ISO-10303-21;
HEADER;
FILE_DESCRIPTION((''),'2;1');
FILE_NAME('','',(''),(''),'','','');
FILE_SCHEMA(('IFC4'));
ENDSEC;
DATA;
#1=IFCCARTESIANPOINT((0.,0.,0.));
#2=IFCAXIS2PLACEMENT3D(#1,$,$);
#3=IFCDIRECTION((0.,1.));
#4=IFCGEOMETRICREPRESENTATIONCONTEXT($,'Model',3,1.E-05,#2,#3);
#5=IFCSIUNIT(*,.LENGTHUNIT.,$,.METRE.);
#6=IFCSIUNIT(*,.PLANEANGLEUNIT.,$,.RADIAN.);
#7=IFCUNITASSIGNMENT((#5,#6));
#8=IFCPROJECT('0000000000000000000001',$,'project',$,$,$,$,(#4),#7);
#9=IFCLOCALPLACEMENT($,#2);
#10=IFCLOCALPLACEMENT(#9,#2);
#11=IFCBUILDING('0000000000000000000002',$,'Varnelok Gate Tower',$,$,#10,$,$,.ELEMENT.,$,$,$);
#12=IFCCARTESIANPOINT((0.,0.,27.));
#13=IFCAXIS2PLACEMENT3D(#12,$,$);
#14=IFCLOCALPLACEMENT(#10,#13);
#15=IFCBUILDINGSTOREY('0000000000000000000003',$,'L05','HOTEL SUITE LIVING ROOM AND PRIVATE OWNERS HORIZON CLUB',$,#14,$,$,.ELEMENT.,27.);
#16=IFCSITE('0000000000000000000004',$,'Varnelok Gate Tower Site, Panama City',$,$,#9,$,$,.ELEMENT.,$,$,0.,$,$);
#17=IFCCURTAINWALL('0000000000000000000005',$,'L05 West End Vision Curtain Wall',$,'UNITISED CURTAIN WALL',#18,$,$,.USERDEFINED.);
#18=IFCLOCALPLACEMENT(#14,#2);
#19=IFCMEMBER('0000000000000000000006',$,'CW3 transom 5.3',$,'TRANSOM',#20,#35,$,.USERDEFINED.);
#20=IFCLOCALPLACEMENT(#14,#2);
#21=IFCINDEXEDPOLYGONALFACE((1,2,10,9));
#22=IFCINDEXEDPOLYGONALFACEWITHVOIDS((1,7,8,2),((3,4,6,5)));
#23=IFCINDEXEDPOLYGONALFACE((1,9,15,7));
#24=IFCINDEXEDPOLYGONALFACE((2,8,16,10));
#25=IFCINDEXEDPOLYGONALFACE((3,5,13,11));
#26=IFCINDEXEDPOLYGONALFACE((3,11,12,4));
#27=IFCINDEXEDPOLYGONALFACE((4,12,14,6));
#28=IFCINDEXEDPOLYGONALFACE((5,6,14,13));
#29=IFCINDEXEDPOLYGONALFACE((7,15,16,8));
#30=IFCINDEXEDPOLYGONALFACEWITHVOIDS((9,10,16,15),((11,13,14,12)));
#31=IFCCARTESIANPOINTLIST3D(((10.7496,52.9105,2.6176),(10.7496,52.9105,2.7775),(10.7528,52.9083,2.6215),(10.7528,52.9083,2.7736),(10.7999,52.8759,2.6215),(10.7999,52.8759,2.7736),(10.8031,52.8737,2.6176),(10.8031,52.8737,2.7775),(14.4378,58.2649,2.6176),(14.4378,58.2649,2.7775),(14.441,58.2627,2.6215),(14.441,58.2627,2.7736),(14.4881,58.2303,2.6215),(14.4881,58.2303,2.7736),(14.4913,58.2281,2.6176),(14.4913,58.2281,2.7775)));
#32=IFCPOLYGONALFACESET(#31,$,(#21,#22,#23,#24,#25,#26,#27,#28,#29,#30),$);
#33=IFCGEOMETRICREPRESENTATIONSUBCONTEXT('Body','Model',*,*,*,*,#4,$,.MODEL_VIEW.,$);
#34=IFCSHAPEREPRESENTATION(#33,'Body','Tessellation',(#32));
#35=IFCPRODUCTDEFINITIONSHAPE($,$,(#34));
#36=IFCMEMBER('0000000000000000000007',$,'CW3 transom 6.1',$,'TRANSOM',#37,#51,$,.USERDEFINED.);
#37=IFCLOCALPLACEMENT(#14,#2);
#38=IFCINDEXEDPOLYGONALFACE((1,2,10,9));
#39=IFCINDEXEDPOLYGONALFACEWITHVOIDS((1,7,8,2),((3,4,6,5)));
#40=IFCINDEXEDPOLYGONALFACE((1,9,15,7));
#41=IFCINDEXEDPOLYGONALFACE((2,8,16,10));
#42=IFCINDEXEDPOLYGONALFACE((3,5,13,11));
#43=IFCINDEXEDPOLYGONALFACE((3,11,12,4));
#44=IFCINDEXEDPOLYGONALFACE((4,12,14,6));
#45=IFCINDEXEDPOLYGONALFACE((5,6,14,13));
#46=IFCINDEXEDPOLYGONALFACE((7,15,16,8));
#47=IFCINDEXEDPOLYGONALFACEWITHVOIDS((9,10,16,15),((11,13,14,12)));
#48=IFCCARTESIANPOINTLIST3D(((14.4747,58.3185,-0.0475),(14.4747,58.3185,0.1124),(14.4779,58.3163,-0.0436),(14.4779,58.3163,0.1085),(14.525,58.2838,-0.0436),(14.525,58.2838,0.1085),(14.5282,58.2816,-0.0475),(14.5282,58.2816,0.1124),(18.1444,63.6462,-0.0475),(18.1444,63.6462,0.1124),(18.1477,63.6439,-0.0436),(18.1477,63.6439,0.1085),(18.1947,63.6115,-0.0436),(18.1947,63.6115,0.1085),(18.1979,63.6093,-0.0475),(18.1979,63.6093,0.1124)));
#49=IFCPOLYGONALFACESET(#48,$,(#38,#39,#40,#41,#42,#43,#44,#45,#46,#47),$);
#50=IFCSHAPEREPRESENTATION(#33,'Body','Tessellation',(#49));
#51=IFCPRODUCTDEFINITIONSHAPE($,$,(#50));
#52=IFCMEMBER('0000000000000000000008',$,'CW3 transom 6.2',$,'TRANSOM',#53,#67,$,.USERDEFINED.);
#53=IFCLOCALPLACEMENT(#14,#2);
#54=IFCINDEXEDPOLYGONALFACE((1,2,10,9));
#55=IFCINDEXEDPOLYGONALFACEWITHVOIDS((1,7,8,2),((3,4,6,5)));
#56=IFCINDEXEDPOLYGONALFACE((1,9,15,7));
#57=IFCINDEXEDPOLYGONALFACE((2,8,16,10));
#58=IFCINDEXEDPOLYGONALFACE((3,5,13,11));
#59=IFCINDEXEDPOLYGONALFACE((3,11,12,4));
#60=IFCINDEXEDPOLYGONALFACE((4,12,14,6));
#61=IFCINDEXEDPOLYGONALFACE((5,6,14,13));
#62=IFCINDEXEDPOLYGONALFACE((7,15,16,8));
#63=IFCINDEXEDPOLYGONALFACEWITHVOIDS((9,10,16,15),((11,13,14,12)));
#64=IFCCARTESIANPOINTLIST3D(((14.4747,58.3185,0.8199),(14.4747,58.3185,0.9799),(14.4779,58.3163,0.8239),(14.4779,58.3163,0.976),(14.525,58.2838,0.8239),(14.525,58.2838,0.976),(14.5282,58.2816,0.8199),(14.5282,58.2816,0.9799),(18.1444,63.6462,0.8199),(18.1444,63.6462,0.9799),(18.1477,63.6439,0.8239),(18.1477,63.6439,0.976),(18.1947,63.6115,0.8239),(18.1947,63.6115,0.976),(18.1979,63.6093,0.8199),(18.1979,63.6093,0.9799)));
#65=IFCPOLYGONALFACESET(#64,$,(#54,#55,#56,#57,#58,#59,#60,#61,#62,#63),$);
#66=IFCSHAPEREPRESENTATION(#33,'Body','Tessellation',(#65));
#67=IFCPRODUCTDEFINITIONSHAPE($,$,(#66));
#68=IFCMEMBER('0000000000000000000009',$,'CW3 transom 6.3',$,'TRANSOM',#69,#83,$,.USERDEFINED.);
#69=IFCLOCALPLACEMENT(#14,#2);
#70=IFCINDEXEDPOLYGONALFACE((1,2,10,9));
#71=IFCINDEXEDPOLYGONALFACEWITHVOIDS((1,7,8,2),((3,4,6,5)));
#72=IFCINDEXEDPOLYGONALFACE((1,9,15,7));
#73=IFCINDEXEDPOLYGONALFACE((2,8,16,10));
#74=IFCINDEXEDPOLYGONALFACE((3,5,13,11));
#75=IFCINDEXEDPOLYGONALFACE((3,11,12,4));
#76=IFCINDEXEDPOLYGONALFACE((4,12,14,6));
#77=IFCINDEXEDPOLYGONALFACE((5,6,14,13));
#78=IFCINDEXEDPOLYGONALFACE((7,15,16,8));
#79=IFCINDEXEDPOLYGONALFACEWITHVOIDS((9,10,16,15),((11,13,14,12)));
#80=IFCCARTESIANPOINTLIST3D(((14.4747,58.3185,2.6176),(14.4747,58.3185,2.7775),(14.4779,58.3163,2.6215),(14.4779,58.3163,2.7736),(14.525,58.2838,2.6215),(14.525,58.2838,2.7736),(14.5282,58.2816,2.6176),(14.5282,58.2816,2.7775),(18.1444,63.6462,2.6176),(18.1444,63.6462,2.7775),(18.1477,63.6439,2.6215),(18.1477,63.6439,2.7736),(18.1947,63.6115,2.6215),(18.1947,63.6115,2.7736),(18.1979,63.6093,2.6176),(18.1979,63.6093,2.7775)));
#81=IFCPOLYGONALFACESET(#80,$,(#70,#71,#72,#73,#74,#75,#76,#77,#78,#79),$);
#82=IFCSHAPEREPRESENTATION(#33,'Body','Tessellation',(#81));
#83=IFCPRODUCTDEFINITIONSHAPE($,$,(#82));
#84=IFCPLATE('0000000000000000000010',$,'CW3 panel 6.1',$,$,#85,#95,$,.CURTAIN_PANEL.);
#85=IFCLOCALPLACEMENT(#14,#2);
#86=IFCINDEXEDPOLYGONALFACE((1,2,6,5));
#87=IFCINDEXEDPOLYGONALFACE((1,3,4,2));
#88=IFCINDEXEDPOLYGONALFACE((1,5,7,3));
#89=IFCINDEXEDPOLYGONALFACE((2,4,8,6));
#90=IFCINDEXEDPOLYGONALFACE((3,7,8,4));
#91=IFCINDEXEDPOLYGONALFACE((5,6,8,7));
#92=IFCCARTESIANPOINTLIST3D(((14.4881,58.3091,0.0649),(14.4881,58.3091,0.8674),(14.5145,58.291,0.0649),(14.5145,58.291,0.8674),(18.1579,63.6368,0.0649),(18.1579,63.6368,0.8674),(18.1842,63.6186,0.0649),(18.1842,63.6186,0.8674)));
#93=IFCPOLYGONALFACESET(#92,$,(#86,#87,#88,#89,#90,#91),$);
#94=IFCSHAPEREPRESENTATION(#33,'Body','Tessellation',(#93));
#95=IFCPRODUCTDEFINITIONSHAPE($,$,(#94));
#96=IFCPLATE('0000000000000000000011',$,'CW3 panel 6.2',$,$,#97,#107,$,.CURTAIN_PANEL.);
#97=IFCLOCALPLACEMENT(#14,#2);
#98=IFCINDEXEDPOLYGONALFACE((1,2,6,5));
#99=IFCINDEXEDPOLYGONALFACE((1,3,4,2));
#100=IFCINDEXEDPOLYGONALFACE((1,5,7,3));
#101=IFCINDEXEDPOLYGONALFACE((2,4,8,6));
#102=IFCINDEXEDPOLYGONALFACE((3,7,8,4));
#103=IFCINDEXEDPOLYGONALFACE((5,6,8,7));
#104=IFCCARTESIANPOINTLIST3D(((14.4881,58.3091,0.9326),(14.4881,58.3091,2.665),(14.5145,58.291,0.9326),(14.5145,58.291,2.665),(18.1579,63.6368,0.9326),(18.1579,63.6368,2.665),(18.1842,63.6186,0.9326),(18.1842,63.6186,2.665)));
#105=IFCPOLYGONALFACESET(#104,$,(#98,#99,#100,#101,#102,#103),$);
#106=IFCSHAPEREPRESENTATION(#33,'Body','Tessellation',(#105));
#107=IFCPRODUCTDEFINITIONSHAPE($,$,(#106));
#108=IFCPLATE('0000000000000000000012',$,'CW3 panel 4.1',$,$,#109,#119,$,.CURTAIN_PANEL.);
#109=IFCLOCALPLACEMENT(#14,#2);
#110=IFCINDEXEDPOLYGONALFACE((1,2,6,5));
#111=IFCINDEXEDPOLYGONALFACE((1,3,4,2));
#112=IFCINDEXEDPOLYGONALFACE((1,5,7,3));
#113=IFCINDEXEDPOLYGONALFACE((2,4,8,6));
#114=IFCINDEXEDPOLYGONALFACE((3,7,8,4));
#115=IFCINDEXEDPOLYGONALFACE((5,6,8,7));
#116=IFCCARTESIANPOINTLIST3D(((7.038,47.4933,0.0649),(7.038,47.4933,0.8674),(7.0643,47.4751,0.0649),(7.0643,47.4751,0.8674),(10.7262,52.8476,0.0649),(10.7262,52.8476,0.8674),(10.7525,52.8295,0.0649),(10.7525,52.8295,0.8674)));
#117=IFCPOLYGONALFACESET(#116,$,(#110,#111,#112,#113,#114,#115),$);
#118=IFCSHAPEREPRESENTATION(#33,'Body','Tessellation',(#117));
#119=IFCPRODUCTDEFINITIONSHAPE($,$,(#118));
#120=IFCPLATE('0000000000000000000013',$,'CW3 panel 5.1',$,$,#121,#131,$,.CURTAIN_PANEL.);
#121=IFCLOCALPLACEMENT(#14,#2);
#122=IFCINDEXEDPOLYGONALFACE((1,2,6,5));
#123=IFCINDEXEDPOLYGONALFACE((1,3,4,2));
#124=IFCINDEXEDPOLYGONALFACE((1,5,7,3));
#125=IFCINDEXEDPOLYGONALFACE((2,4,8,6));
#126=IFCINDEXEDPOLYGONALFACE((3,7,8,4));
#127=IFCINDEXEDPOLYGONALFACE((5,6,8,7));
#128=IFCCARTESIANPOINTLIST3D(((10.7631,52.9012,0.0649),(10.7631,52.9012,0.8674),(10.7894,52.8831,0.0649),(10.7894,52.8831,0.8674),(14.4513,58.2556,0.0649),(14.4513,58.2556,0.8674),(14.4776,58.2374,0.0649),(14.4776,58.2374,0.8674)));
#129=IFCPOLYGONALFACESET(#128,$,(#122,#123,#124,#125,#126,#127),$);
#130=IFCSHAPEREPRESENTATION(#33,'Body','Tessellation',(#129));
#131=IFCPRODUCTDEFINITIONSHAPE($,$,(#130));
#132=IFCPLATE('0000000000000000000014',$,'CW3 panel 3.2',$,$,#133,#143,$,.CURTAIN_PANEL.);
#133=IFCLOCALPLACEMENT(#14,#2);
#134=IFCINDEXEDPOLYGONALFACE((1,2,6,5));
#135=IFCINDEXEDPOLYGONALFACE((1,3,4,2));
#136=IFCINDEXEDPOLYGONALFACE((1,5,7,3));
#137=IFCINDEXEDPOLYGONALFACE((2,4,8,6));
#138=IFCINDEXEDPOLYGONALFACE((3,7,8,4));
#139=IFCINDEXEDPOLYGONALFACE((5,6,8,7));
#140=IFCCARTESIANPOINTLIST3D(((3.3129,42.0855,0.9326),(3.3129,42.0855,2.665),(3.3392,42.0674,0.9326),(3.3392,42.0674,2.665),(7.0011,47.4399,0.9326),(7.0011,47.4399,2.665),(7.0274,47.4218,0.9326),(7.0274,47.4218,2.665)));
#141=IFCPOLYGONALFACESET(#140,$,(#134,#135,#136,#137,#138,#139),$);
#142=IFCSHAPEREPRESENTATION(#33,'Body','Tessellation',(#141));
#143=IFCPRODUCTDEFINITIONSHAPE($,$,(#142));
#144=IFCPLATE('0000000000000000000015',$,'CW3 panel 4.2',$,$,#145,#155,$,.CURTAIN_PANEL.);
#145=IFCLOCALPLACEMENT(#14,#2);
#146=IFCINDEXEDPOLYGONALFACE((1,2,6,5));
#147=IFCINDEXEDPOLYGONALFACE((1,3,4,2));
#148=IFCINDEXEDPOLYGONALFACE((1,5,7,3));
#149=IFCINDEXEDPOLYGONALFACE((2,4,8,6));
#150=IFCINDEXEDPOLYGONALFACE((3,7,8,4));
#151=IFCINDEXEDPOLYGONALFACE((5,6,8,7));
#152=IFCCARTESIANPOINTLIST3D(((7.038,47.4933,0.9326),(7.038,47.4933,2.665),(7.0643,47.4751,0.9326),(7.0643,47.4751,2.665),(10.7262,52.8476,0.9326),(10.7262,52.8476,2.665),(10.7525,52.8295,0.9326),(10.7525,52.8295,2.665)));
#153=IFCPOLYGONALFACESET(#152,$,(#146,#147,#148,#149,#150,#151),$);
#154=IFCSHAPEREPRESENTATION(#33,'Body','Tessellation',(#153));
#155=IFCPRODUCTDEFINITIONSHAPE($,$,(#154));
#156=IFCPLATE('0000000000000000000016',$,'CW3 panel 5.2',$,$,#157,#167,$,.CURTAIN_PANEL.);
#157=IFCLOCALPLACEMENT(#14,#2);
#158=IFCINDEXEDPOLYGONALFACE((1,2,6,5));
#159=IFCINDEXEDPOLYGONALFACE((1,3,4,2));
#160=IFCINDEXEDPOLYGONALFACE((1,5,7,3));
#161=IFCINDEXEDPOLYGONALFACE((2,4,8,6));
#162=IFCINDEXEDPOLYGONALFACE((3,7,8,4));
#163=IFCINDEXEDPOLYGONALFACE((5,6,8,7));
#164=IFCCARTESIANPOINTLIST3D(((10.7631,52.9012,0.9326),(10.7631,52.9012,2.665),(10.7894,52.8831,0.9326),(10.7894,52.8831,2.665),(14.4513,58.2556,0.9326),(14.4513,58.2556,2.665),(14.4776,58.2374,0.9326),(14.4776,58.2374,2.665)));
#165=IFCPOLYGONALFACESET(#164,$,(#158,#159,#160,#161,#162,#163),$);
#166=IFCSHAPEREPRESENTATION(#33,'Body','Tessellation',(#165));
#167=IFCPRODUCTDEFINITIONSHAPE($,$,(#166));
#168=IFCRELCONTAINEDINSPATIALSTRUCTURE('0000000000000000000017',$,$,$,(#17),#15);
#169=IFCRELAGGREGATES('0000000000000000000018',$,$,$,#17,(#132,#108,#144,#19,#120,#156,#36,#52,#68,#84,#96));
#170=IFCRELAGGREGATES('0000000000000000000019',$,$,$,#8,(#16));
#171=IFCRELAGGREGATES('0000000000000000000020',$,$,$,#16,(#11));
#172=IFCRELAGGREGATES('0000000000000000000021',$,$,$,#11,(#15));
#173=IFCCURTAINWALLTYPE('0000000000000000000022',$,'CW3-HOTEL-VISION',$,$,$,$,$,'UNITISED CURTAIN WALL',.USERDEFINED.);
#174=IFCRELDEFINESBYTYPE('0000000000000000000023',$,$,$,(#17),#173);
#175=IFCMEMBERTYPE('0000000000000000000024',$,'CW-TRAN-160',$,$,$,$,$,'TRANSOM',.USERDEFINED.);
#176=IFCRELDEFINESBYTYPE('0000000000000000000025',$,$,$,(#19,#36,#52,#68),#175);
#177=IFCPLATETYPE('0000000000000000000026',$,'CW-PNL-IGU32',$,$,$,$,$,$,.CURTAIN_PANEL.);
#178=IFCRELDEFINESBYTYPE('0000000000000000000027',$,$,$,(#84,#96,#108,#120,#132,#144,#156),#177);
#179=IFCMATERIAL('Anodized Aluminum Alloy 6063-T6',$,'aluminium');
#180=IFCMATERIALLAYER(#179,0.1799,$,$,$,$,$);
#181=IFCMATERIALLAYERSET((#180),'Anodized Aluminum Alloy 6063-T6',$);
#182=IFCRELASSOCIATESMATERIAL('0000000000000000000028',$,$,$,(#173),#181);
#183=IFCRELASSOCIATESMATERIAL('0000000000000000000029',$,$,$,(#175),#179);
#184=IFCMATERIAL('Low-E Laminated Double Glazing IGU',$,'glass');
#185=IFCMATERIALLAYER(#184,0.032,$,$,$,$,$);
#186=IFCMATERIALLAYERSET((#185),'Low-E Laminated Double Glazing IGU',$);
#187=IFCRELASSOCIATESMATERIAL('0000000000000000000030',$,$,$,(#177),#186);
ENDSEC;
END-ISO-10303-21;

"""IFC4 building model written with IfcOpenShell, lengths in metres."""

from ifc_helpers import new_model, si_unit, direction, frame, origin, origin_2d, place, context, subcontext, project, spatial, rectangle, hollow_rectangle, extrude, source, transform, mapped, material, layer, layer_set, material_profile, profile_set, type_object, element, aggregate, save


model = new_model("IFC4")

# Units and contexts
model_context = context("Model", 3, precision=1e-05, world=origin(), true_north=direction((0.0, 1.0)))
body_context = subcontext(model_context, "Body", "Model", "MODEL_VIEW")
ifc_project = project(units=[si_unit("LENGTHUNIT", "METRE"), si_unit("PLANEANGLEUNIT", "RADIAN")], contexts=[model_context])

# Site, building, storey
site_placement = place(None, origin())
site = spatial("IfcSite", under=ifc_project, at=site_placement, Name="Varnelok Gate Tower Site, Panama City", CompositionType="ELEMENT", RefElevation=0.0)
building_placement = place(site_placement, origin())
building = spatial("IfcBuilding", under=site, at=building_placement, Name="Varnelok Gate Tower", CompositionType="ELEMENT")
storey_placement = place(building_placement, frame((0.0, 0.0, 27.0)))
storey = spatial("IfcBuildingStorey", under=building, at=storey_placement, Name="L05", Description="HOTEL SUITE LIVING ROOM AND PRIVATE OWNERS HORIZON CLUB", CompositionType="ELEMENT", Elevation=27.0)

# Curtain wall, members, plates
ifc_material_1 = material(Name="Anodized Aluminum Alloy 6063-T6", Category="aluminium")
ifc_layer_1 = layer(ifc_material_1, 0.1799)
ifc_layer_set_1 = layer_set([ifc_layer_1], Name="Anodized Aluminum Alloy 6063-T6")
curtain_wall_type = type_object("IfcCurtainWallType", Name="CW3-HOTEL-VISION", ElementType="UNITISED CURTAIN WALL", PredefinedType="USERDEFINED", material=ifc_layer_set_1)
curtain_wall_placement = place(storey_placement, origin())
curtain_wall = element("IfcCurtainWall", 1, at=curtain_wall_placement, inside=storey, type_object=curtain_wall_type, Name="L05 West End Vision Curtain Wall", ObjectType="UNITISED CURTAIN WALL", PredefinedType="USERDEFINED")
ifc_material_profile_1 = material_profile(ifc_material_1, hollow_rectangle(XDim=0.0649, YDim=0.1599, WallThickness=0.0039, at=origin_2d()), Name="ALU160X65X4")
ifc_profile_set_1 = profile_set([ifc_material_profile_1], Name="Anodized Aluminum Alloy 6063-T6")
member_type_1 = type_object("IfcMemberType", Name="CW-TRAN-160", ElementType="TRANSOM", PredefinedType="USERDEFINED", material=ifc_profile_set_1)
member_1_placement = place(storey_placement, frame((10.7764, 52.8921, 2.6975), z_axis=(0.567262, 0.823538, 0.0), x_axis=(-0.823538, 0.567262, 0.0)))
member_1 = element("IfcMember", 2, at=member_1_placement, type_object=member_type_1, Name="CW3 transom 5.3", ObjectType="TRANSOM", PredefinedType="USERDEFINED", context=body_context, shape_type="SweptSolid", body=[
    extrude(hollow_rectangle(XDim=0.0649, YDim=0.1599, WallThickness=0.0039, at=origin_2d()), origin(), (0.0, 0.0, 1.0), 6.5017),
])
member_2_placement = place(storey_placement, frame((14.5015, 58.3, 0.0325), z_axis=(0.567256, 0.823542, 0.0), x_axis=(-0.823542, 0.567256, 0.0)))
member_2 = element("IfcMember", 3, at=member_2_placement, type_object=member_type_1, Name="CW3 transom 6.1", ObjectType="TRANSOM", PredefinedType="USERDEFINED", context=body_context, shape_type="SweptSolid", body=[
    extrude(hollow_rectangle(XDim=0.0649, YDim=0.1599, WallThickness=0.0039, at=origin_2d()), origin(), (0.0, 0.0, 1.0), 6.4692),
])
member_3_placement = place(storey_placement, frame((14.5015, 58.3, 0.8999), z_axis=(0.567256, 0.823542, 0.0), x_axis=(-0.823542, 0.567256, 0.0)))
member_3 = element("IfcMember", 4, at=member_3_placement, type_object=member_type_1, Name="CW3 transom 6.2", ObjectType="TRANSOM", PredefinedType="USERDEFINED", context=body_context, shape_type="SweptSolid", body=[
    extrude(hollow_rectangle(XDim=0.0649, YDim=0.1599, WallThickness=0.0039, at=origin_2d()), origin(), (0.0, 0.0, 1.0), 6.4692),
])
member_4_placement = place(storey_placement, frame((14.5015, 58.3, 2.6975), z_axis=(0.567256, 0.823542, 0.0), x_axis=(-0.823542, 0.567256, 0.0)))
member_4 = element("IfcMember", 5, at=member_4_placement, type_object=member_type_1, Name="CW3 transom 6.3", ObjectType="TRANSOM", PredefinedType="USERDEFINED", context=body_context, shape_type="SweptSolid", body=[
    extrude(hollow_rectangle(XDim=0.0649, YDim=0.1599, WallThickness=0.0039, at=origin_2d()), origin(), (0.0, 0.0, 1.0), 6.4692),
])
ifc_material_2 = material(Name="Low-E Laminated Double Glazing IGU", Category="glass")
ifc_layer_2 = layer(ifc_material_2, 0.032)
ifc_layer_set_2 = layer_set([ifc_layer_2], Name="Low-E Laminated Double Glazing IGU")
plate_type = type_object("IfcPlateType", Name="CW-PNL-IGU32", PredefinedType="CURTAIN_PANEL", material=ifc_layer_set_2)
shared_shape_1 = source(origin(), body_context, "Body", "SweptSolid", [
    extrude(rectangle(XDim=6.4692, YDim=0.032, at=origin_2d()), origin(), (0.0, 0.0, 1.0), 0.8025),
])
plate_1_placement = place(storey_placement, frame((16.3362, 60.9639, 0.0649), z_axis=(0.0, 0.0, 1.0), x_axis=(0.567269, 0.823533, 0.0)))
plate_1 = element("IfcPlate", 6, at=plate_1_placement, type_object=plate_type, Name="CW3 panel 6.1", PredefinedType="CURTAIN_PANEL", context=body_context, shape_type="MappedRepresentation", body=[
    mapped(shared_shape_1, transform((0.0, 0.0, 0.0), scale=1.0)),
])
shared_shape_2 = source(origin(), body_context, "Body", "SweptSolid", [
    extrude(rectangle(XDim=6.4692, YDim=0.032, at=origin_2d()), origin(), (0.0, 0.0, 1.0), 1.7324),
])
plate_2_placement = place(storey_placement, frame((16.3362, 60.9639, 0.9326), z_axis=(0.0, 0.0, 1.0), x_axis=(0.567269, 0.823533, 0.0)))
plate_2 = element("IfcPlate", 7, at=plate_2_placement, type_object=plate_type, Name="CW3 panel 6.2", PredefinedType="CURTAIN_PANEL", context=body_context, shape_type="MappedRepresentation", body=[
    mapped(shared_shape_2, transform((0.0, 0.0, 0.0), scale=1.0)),
])
shared_shape_3 = source(origin(), body_context, "Body", "SweptSolid", [
    extrude(rectangle(XDim=6.5017, YDim=0.032, at=origin_2d()), origin(), (0.0, 0.0, 1.0), 0.8025),
])
plate_3_placement = place(storey_placement, frame((8.8953, 50.1614, 0.0649), z_axis=(0.0, 0.0, 1.0), x_axis=(0.567269, 0.823533, 0.0)))
plate_3 = element("IfcPlate", 8, at=plate_3_placement, type_object=plate_type, Name="CW3 panel 4.1", PredefinedType="CURTAIN_PANEL", context=body_context, shape_type="MappedRepresentation", body=[
    mapped(shared_shape_3, transform((0.0, 0.0, 0.0), scale=1.0)),
])
plate_4_placement = place(storey_placement, frame((12.6204, 55.5693, 0.0649), z_axis=(0.0, 0.0, 1.0), x_axis=(0.567269, 0.823533, 0.0)))
plate_4 = element("IfcPlate", 9, at=plate_4_placement, type_object=plate_type, Name="CW3 panel 5.1", PredefinedType="CURTAIN_PANEL", context=body_context, shape_type="MappedRepresentation", body=[
    mapped(shared_shape_3, transform((0.0, 0.0, 0.0), scale=1.0)),
])
shared_shape_4 = source(origin(), body_context, "Body", "SweptSolid", [
    extrude(rectangle(XDim=6.5017, YDim=0.032, at=origin_2d()), origin(), (0.0, 0.0, 1.0), 1.7324),
])
plate_5_placement = place(storey_placement, frame((5.1702, 44.7537, 0.9326), z_axis=(0.0, 0.0, 1.0), x_axis=(0.567269, 0.823533, 0.0)))
plate_5 = element("IfcPlate", 10, at=plate_5_placement, type_object=plate_type, Name="CW3 panel 3.2", PredefinedType="CURTAIN_PANEL", context=body_context, shape_type="MappedRepresentation", body=[
    mapped(shared_shape_4, transform((0.0, 0.0, 0.0), scale=1.0)),
])
plate_6_placement = place(storey_placement, frame((8.8953, 50.1614, 0.9326), z_axis=(0.0, 0.0, 1.0), x_axis=(0.567269, 0.823533, 0.0)))
plate_6 = element("IfcPlate", 11, at=plate_6_placement, type_object=plate_type, Name="CW3 panel 4.2", PredefinedType="CURTAIN_PANEL", context=body_context, shape_type="MappedRepresentation", body=[
    mapped(shared_shape_4, transform((0.0, 0.0, 0.0), scale=1.0)),
])
plate_7_placement = place(storey_placement, frame((12.6204, 55.5693, 0.9326), z_axis=(0.0, 0.0, 1.0), x_axis=(0.567269, 0.823533, 0.0)))
plate_7 = element("IfcPlate", 12, at=plate_7_placement, type_object=plate_type, Name="CW3 panel 5.2", PredefinedType="CURTAIN_PANEL", context=body_context, shape_type="MappedRepresentation", body=[
    mapped(shared_shape_4, transform((0.0, 0.0, 0.0), scale=1.0)),
])
aggregate(curtain_wall, [plate_5, plate_3, plate_6, member_1, plate_4, plate_7, member_2, member_3, member_4, plate_1, plate_2])

save(model, "model.ifc")
